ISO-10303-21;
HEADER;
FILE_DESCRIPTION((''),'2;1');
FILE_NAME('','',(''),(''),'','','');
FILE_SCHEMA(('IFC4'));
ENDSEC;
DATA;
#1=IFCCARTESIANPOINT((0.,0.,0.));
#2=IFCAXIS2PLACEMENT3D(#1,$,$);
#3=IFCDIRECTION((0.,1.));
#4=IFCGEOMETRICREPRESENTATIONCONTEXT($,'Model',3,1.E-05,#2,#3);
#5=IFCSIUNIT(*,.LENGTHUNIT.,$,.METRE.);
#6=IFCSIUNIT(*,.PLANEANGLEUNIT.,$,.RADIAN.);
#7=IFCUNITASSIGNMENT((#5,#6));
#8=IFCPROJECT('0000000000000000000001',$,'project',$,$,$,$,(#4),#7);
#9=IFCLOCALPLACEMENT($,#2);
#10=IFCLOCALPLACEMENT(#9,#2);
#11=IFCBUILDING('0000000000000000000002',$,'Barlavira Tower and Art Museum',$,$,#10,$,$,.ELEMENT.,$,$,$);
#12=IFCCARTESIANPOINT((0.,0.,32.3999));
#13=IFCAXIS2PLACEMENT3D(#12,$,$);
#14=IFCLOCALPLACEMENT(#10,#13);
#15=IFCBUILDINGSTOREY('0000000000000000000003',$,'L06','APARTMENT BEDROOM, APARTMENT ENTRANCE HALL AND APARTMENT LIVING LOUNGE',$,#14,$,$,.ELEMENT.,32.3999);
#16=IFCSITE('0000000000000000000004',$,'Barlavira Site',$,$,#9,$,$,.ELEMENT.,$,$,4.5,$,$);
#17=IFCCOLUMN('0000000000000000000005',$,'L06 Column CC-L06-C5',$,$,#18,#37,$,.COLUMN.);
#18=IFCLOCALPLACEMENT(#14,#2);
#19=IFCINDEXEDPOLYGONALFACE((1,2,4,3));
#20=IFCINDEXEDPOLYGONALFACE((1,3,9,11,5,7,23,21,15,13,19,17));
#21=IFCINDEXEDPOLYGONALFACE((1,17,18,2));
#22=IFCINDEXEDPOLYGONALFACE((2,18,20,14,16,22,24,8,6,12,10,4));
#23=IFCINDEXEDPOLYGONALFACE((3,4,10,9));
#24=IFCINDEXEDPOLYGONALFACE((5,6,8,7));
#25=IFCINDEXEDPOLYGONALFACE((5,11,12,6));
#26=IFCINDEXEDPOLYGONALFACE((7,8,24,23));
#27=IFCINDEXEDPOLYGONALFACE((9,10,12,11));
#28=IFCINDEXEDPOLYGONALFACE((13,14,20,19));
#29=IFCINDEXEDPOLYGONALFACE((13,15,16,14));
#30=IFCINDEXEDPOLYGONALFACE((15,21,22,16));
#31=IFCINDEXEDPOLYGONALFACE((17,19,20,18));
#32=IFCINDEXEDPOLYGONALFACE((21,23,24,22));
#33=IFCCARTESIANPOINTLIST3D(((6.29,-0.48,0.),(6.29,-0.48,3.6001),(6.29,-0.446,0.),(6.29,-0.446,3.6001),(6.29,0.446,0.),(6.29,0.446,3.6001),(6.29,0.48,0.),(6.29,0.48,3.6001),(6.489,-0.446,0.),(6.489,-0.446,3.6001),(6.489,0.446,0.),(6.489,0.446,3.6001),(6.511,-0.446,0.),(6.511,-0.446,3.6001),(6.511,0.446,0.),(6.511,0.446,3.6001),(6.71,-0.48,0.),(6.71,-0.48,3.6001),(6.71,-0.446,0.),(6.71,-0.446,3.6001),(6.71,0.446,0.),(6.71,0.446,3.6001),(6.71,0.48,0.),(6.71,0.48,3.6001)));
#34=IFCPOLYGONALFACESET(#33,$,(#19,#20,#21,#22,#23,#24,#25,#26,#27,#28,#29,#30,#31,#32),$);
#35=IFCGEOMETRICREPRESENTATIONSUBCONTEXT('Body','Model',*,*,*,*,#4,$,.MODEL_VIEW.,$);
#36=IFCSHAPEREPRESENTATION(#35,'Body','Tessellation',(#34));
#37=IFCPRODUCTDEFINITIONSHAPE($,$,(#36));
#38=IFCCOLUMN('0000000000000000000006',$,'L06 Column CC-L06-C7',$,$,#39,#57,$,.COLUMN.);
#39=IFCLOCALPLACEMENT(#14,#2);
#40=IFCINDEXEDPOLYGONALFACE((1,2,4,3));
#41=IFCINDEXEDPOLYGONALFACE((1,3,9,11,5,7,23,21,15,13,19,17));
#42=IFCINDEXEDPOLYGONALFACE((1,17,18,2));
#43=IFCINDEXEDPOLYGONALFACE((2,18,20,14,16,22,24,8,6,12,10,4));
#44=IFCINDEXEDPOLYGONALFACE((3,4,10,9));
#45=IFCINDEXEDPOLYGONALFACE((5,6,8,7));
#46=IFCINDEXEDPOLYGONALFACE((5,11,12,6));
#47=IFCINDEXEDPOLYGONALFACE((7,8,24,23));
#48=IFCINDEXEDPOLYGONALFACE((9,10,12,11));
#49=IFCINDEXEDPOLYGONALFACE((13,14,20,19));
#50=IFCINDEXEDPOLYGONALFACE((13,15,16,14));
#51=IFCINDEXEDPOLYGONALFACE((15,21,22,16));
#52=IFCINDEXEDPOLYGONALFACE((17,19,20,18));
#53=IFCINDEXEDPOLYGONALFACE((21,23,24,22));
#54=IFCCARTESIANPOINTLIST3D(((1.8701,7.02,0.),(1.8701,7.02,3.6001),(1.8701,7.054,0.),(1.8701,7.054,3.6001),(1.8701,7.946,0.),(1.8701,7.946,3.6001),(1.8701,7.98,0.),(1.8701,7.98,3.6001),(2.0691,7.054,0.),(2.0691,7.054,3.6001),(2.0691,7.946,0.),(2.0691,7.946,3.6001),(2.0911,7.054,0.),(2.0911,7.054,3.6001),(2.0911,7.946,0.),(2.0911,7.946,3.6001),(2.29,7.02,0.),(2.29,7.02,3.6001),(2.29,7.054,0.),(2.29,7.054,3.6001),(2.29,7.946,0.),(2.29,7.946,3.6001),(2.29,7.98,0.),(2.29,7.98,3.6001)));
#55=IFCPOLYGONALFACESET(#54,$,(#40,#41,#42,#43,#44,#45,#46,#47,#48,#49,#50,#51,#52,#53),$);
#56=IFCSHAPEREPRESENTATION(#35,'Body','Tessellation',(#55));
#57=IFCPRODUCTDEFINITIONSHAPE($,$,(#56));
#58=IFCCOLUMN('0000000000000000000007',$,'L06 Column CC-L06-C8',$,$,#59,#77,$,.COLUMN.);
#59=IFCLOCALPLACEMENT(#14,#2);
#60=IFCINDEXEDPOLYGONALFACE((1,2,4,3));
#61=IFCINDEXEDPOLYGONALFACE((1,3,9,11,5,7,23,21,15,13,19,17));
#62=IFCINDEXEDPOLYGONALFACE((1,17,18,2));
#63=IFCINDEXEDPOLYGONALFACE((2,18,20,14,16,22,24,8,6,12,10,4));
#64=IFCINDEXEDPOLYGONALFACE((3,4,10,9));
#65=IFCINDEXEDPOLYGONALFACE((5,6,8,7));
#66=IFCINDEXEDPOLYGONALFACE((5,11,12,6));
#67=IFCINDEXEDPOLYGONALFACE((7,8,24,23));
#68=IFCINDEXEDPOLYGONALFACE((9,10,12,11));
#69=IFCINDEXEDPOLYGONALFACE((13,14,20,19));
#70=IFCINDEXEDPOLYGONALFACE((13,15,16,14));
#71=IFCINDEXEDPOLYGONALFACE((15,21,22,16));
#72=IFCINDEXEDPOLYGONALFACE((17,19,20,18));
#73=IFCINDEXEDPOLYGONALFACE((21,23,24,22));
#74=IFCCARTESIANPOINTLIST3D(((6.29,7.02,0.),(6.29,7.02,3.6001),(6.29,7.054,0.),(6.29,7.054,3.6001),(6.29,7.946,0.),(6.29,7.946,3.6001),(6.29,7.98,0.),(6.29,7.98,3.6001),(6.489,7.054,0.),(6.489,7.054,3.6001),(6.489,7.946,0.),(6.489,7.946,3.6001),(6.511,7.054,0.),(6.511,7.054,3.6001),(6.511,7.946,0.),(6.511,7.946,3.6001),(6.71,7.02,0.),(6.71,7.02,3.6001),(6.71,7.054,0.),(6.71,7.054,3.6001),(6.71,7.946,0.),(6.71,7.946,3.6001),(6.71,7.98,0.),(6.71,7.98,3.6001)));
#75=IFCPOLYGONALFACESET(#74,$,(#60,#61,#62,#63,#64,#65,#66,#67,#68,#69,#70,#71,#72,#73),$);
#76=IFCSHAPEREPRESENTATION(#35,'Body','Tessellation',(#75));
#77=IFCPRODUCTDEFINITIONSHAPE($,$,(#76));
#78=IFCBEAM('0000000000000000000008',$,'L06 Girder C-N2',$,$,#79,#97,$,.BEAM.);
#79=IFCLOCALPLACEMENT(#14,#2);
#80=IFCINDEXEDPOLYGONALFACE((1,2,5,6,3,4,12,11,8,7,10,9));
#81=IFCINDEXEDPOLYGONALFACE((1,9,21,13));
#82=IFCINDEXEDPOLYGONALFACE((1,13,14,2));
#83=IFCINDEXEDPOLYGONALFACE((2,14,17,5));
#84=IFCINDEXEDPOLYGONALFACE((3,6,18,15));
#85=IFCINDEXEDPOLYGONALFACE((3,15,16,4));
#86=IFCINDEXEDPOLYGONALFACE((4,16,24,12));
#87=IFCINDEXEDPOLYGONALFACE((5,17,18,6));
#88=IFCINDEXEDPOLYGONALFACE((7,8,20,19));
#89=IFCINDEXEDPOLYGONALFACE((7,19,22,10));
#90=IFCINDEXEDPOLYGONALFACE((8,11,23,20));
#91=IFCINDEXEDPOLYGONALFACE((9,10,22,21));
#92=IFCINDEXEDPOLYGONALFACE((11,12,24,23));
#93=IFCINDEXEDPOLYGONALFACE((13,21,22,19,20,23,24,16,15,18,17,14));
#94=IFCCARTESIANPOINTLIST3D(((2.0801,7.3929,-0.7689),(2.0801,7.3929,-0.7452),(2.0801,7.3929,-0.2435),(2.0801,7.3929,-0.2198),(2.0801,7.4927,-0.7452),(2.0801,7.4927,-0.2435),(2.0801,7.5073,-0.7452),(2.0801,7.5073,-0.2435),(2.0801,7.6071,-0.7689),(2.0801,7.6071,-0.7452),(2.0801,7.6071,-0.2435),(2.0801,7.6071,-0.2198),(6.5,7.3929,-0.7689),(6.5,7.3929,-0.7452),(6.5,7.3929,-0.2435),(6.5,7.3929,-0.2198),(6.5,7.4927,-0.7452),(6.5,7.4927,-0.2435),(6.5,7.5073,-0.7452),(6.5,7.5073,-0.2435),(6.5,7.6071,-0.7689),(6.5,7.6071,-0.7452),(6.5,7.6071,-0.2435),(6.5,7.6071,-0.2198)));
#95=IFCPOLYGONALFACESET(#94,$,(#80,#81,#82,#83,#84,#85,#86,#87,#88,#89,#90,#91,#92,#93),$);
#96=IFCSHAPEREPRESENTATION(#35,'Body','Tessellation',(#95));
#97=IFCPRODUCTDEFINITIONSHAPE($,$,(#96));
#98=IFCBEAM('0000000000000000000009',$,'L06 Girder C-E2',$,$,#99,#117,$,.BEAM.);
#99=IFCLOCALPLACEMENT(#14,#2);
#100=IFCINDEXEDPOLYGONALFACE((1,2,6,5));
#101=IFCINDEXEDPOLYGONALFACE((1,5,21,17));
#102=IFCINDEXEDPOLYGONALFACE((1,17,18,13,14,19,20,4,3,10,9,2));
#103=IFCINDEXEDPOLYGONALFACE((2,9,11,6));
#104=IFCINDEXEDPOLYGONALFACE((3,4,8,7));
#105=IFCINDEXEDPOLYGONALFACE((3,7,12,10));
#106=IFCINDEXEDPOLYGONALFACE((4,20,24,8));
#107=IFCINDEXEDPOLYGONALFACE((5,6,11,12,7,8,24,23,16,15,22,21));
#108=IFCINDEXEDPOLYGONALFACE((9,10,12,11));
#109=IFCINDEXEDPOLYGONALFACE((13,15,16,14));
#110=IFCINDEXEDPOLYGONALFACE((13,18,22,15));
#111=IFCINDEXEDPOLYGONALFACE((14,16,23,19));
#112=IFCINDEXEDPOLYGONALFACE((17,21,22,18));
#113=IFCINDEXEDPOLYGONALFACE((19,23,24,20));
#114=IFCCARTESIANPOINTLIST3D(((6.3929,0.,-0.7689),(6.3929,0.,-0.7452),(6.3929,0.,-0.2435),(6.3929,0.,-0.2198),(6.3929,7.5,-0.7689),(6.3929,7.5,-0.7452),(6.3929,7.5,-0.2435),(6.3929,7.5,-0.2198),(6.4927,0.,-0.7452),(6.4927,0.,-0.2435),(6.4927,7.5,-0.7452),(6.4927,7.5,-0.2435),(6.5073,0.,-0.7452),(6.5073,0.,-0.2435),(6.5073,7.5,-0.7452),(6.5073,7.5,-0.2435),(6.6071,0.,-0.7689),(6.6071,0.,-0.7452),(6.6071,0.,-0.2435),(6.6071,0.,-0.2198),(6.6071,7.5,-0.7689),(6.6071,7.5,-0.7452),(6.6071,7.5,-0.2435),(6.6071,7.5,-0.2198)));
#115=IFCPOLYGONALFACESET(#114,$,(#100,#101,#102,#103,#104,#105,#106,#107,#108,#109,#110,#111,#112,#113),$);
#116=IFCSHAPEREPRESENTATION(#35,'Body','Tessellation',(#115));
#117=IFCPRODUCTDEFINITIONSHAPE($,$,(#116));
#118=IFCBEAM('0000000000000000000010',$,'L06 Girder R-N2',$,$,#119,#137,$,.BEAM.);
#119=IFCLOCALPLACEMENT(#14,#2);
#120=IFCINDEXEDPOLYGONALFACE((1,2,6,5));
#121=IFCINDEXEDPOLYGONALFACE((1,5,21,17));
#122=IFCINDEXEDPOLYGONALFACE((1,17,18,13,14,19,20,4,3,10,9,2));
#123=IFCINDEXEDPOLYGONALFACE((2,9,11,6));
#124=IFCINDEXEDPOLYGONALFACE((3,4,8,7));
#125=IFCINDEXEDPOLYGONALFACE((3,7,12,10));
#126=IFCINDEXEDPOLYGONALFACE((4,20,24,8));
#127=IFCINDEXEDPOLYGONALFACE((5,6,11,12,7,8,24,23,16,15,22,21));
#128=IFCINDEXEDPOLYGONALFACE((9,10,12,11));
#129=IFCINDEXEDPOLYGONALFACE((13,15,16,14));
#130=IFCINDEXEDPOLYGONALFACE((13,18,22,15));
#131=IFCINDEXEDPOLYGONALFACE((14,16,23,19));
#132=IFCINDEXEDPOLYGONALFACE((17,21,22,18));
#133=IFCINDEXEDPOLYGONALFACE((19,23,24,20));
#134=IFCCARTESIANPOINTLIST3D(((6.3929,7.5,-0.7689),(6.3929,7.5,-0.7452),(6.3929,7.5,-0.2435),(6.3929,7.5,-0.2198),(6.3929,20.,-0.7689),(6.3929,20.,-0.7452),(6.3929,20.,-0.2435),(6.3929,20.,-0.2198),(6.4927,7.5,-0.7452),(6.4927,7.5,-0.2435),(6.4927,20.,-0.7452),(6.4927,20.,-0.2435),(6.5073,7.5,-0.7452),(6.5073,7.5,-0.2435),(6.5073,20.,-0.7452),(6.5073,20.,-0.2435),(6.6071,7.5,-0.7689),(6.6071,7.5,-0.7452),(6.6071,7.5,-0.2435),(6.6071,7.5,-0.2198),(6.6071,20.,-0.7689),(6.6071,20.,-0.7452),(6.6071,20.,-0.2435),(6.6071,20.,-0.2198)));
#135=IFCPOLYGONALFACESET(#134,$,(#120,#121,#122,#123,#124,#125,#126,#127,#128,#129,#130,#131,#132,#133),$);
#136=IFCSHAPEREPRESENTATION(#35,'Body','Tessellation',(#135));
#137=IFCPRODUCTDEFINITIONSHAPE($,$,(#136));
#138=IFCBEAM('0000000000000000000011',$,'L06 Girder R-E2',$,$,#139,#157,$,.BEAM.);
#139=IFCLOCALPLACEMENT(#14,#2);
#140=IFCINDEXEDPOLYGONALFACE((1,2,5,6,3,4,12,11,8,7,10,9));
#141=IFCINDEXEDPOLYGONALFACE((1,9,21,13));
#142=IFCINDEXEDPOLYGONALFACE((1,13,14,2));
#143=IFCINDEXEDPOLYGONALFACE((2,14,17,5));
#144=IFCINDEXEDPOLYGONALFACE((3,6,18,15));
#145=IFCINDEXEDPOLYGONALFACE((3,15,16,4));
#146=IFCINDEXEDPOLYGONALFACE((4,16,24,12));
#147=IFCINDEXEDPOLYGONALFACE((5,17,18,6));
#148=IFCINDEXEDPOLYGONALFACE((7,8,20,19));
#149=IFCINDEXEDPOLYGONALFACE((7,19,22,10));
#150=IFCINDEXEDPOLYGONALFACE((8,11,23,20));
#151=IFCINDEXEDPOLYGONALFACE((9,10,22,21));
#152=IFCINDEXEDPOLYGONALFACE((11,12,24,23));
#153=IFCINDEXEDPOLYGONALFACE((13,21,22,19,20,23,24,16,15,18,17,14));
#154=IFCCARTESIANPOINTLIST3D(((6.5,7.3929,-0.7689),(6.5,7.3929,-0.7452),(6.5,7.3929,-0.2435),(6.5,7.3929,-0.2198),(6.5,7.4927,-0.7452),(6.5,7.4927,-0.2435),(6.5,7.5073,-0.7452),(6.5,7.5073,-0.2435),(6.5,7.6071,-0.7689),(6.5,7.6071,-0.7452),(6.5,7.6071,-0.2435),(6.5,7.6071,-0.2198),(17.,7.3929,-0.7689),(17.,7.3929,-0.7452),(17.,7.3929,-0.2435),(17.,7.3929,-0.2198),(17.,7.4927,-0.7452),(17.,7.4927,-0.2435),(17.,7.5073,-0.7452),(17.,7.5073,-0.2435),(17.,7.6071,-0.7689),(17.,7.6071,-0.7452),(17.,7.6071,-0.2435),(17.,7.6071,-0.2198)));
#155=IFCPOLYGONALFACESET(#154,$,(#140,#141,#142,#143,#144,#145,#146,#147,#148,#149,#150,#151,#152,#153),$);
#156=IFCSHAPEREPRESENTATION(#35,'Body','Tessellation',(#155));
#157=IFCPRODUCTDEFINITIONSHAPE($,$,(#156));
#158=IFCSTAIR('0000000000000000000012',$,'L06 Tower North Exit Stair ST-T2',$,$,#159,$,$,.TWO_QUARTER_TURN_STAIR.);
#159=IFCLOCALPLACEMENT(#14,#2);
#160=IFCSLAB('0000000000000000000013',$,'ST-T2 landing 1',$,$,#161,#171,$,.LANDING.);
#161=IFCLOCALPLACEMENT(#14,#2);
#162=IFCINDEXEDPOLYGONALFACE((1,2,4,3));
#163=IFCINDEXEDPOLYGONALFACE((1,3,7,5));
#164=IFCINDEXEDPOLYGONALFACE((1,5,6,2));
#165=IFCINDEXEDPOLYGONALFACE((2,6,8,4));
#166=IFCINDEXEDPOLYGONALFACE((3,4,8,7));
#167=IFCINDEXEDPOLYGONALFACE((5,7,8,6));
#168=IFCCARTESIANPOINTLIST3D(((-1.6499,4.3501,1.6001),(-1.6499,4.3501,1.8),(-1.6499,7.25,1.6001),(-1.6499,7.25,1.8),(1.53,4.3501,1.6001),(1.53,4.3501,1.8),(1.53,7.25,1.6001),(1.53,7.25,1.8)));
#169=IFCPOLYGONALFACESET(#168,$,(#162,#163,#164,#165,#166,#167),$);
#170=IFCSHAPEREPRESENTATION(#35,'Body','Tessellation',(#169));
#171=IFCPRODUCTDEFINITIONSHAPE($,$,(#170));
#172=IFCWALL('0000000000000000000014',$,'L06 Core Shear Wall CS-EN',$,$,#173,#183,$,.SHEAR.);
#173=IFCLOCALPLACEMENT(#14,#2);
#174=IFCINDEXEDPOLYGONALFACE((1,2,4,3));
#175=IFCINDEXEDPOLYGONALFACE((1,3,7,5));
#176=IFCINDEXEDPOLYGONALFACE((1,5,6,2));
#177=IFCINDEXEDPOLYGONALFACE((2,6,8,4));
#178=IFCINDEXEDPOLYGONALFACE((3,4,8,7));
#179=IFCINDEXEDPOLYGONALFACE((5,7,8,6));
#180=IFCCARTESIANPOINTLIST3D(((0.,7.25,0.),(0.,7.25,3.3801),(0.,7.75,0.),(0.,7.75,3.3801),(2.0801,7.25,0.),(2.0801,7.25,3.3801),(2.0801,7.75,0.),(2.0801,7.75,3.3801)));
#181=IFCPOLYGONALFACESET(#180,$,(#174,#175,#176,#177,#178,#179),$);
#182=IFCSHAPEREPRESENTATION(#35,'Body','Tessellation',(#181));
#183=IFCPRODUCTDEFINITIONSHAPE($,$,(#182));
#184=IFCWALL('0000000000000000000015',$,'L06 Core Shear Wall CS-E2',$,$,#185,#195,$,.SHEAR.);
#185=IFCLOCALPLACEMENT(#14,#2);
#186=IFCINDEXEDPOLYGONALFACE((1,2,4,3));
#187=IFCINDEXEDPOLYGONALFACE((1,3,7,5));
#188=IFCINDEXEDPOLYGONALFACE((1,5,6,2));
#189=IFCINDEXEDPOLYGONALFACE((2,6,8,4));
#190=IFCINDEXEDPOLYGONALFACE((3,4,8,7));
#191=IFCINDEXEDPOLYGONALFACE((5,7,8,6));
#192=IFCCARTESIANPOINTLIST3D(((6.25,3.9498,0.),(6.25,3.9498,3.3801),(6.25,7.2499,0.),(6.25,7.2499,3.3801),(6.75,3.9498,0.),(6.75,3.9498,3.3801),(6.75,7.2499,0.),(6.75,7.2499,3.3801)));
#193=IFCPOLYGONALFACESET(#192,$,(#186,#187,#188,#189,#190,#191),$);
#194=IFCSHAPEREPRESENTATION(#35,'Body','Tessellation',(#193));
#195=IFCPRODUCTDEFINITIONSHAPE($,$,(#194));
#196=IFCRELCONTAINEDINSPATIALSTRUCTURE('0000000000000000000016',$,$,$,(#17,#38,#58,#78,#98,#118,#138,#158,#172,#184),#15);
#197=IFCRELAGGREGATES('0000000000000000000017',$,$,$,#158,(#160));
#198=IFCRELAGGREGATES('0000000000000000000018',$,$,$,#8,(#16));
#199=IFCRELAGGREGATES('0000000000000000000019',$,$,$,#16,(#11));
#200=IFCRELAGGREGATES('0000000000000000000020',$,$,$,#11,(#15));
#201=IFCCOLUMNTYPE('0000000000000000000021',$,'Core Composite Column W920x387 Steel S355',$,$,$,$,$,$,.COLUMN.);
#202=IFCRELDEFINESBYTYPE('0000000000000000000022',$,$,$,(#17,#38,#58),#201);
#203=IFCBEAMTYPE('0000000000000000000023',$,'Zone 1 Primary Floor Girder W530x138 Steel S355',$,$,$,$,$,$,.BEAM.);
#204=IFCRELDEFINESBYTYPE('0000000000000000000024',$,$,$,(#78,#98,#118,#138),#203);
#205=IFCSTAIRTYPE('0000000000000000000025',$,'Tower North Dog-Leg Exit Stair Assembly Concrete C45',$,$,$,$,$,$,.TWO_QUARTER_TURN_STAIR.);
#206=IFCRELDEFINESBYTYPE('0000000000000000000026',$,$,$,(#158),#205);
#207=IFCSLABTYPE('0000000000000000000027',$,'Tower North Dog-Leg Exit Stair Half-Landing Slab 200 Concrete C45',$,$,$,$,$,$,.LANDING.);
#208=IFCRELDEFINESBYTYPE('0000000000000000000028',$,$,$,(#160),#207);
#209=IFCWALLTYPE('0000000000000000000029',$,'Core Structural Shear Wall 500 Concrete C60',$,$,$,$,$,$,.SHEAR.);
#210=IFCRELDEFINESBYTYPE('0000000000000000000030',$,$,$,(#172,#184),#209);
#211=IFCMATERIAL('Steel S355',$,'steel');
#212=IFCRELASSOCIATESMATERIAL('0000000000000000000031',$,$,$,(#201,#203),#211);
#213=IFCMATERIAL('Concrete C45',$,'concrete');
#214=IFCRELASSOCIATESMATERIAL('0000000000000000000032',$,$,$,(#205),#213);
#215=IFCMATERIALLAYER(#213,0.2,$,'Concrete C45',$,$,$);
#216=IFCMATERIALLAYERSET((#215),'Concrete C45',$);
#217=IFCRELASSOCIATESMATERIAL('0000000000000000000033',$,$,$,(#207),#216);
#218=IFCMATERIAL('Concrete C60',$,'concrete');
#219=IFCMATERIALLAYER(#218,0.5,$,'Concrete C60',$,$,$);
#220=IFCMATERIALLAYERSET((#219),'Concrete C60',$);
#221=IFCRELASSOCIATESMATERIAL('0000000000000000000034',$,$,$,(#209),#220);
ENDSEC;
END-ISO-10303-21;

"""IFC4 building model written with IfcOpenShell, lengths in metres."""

from ifc_helpers import new_model, si_unit, direction, frame, frame_2d, origin, origin_2d, place, context, subcontext, project, spatial, polyline, rectangle, i_section, outline, extrude, material, layer, layer_set, material_profile, profile_set, type_object, element, aggregate, save


model = new_model("IFC4")

# Units and contexts
model_context = context("Model", 3, precision=1e-05, world=origin(), true_north=direction((0.0, 1.0)))
body_context = subcontext(model_context, "Body", "Model", "MODEL_VIEW")
ifc_project = project(units=[si_unit("LENGTHUNIT", "METRE"), si_unit("PLANEANGLEUNIT", "RADIAN")], contexts=[model_context])

# Site, building, storey
site_placement = place(None, origin())
site = spatial("IfcSite", under=ifc_project, at=site_placement, Name="Barlavira Site", CompositionType="ELEMENT", RefElevation=4.5)
building_placement = place(site_placement, origin())
building = spatial("IfcBuilding", under=site, at=building_placement, Name="Barlavira Tower and Art Museum", CompositionType="ELEMENT")
storey_placement = place(building_placement, frame((0.0, 0.0, 32.3999)))
storey = spatial("IfcBuildingStorey", under=building, at=storey_placement, Name="L06", Description="APARTMENT BEDROOM, APARTMENT ENTRANCE HALL AND APARTMENT LIVING LOUNGE", CompositionType="ELEMENT", Elevation=32.3999)

# Columns
ifc_material_1 = material(Name="Steel S355", Category="steel")
ifc_material_profile_1 = material_profile(ifc_material_1, i_section(OverallWidth=0.4199, OverallDepth=0.96, WebThickness=0.022, FlangeThickness=0.0339, at=origin_2d()), Name="W920x387.0")
ifc_profile_set_1 = profile_set([ifc_material_profile_1], Name="Steel S355")
column_type = type_object("IfcColumnType", Name="Core Composite Column W920x387 Steel S355", PredefinedType="COLUMN", material=ifc_profile_set_1)
for number, where, z_axis, x_axis, name in (
    (1, (6.5, 0.0, 0.0), (0.0, 0.0, 1.0), (1.0, 0.0, 0.0), "L06 Column CC-L06-C5"),
    (2, (2.0801, 7.5, 0.0), (0.0, 0.0, 1.0), (1.0, 0.0, 0.0), "L06 Column CC-L06-C7"),
    (3, (6.5, 7.5, 0.0), (0.0, 0.0, 1.0), (1.0, 0.0, 0.0), "L06 Column CC-L06-C8"),
):
    element("IfcColumn", number, at=place(storey_placement, frame(where, z_axis=z_axis, x_axis=x_axis)), inside=storey, type_object=column_type, Name=name, PredefinedType="COLUMN", context=body_context, shape_type="SweptSolid", body=[
        extrude(i_section(OverallWidth=0.4199, OverallDepth=0.96, WebThickness=0.022, FlangeThickness=0.0339, at=origin_2d()), origin(), (0.0, 0.0, 1.0), 3.6001),
    ])

# Beams
ifc_material_profile_2 = material_profile(ifc_material_1, i_section(OverallWidth=0.2141, OverallDepth=0.5491, WebThickness=0.0146, FlangeThickness=0.0237, at=origin_2d()), Name="W530x138.0")
ifc_profile_set_2 = profile_set([ifc_material_profile_2], Name="Steel S355")
beam_type = type_object("IfcBeamType", Name="Zone 1 Primary Floor Girder W530x138 Steel S355", PredefinedType="BEAM", material=ifc_profile_set_2)
beam_1_placement = place(storey_placement, frame((2.0801, 7.5, -0.4944), z_axis=(1.0, 0.0, 0.0), x_axis=(0.0, 1.0, 0.0)))
element("IfcBeam", 4, at=beam_1_placement, inside=storey, type_object=beam_type, Name="L06 Girder C-N2", PredefinedType="BEAM", context=body_context, shape_type="SweptSolid", body=[
    extrude(i_section(OverallWidth=0.2141, OverallDepth=0.5491, WebThickness=0.0146, FlangeThickness=0.0237, at=origin_2d()), origin(), (0.0, 0.0, 1.0), 4.4199),
])
beam_2_placement = place(storey_placement, frame((6.5, 0.0, -0.4944), z_axis=(0.0, 1.0, 0.0), x_axis=(-1.0, 0.0, 0.0)))
element("IfcBeam", 5, at=beam_2_placement, inside=storey, type_object=beam_type, Name="L06 Girder C-E2", PredefinedType="BEAM", context=body_context, shape_type="SweptSolid", body=[
    extrude(i_section(OverallWidth=0.2141, OverallDepth=0.5491, WebThickness=0.0146, FlangeThickness=0.0237, at=origin_2d()), origin(), (0.0, 0.0, 1.0), 7.5),
])
beam_3_placement = place(storey_placement, frame((6.5, 7.5, -0.4944), z_axis=(0.0, 1.0, 0.0), x_axis=(-1.0, 0.0, 0.0)))
element("IfcBeam", 6, at=beam_3_placement, inside=storey, type_object=beam_type, Name="L06 Girder R-N2", PredefinedType="BEAM", context=body_context, shape_type="SweptSolid", body=[
    extrude(i_section(OverallWidth=0.2141, OverallDepth=0.5491, WebThickness=0.0146, FlangeThickness=0.0237, at=origin_2d()), origin(), (0.0, 0.0, 1.0), 12.5),
])
beam_4_placement = place(storey_placement, frame((6.5, 7.5, -0.4944), z_axis=(1.0, 0.0, 0.0), x_axis=(0.0, 1.0, 0.0)))
element("IfcBeam", 7, at=beam_4_placement, inside=storey, type_object=beam_type, Name="L06 Girder R-E2", PredefinedType="BEAM", context=body_context, shape_type="SweptSolid", body=[
    extrude(i_section(OverallWidth=0.2141, OverallDepth=0.5491, WebThickness=0.0146, FlangeThickness=0.0237, at=origin_2d()), origin(), (0.0, 0.0, 1.0), 10.5),
])

# Stair, slab
ifc_material_2 = material(Name="Concrete C45", Category="concrete")
stair_type = type_object("IfcStairType", Name="Tower North Dog-Leg Exit Stair Assembly Concrete C45", PredefinedType="TWO_QUARTER_TURN_STAIR", material=ifc_material_2)
stair_placement = place(storey_placement, origin())
stair = element("IfcStair", 8, at=stair_placement, inside=storey, type_object=stair_type, Name="L06 Tower North Exit Stair ST-T2", PredefinedType="TWO_QUARTER_TURN_STAIR")
ifc_layer_1 = layer(ifc_material_2, 0.2, Name="Concrete C45")
ifc_layer_set_1 = layer_set([ifc_layer_1], Name="Concrete C45")
slab_type = type_object("IfcSlabType", Name="Tower North Dog-Leg Exit Stair Half-Landing Slab 200 Concrete C45", PredefinedType="LANDING", material=ifc_layer_set_1)
slab_placement = place(storey_placement, frame((0.0, 0.0, 1.6001)))
slab = element("IfcSlab", 9, at=slab_placement, type_object=slab_type, Name="ST-T2 landing 1", PredefinedType="LANDING", context=body_context, shape_type="SweptSolid", body=[
    extrude(outline(polyline([(-1.6499, 4.3501), (1.53, 4.3501), (1.53, 7.25), (-1.6499, 7.25), (-1.6499, 4.3501)])), origin(), (0.0, 0.0, 1.0), 0.2),
])
aggregate(stair, [slab])

# Walls
ifc_material_3 = material(Name="Concrete C60", Category="concrete")
ifc_layer_2 = layer(ifc_material_3, 0.5, Name="Concrete C60")
ifc_layer_set_2 = layer_set([ifc_layer_2], Name="Concrete C60")
wall_type_1 = type_object("IfcWallType", Name="Core Structural Shear Wall 500 Concrete C60", PredefinedType="SHEAR", material=ifc_layer_set_2)
wall_1_placement = place(storey_placement, frame((0.0, 7.5, 0.0), z_axis=(0.0, 0.0, 1.0), x_axis=(1.0, 0.0, 0.0)))
element("IfcWall", 10, at=wall_1_placement, inside=storey, type_object=wall_type_1, Name="L06 Core Shear Wall CS-EN", PredefinedType="SHEAR", context=body_context, shape_type="SweptSolid", body=[
    extrude(rectangle(XDim=2.0801, YDim=0.5, at=frame_2d((1.04, 0.0))), origin(), (0.0, 0.0, 1.0), 3.3801),
])
wall_2_placement = place(storey_placement, frame((6.5, 3.95, 0.0), z_axis=(0.0, 0.0, 1.0), x_axis=(0.0, 1.0, 0.0)))
element("IfcWall", 11, at=wall_2_placement, inside=storey, type_object=wall_type_1, Name="L06 Core Shear Wall CS-E2", PredefinedType="SHEAR", context=body_context, shape_type="SweptSolid", body=[
    extrude(rectangle(XDim=3.3, YDim=0.5, at=frame_2d((1.6499, 0.0))), origin(), (0.0, 0.0, 1.0), 3.3801),
])

save(model, "model.ifc")
